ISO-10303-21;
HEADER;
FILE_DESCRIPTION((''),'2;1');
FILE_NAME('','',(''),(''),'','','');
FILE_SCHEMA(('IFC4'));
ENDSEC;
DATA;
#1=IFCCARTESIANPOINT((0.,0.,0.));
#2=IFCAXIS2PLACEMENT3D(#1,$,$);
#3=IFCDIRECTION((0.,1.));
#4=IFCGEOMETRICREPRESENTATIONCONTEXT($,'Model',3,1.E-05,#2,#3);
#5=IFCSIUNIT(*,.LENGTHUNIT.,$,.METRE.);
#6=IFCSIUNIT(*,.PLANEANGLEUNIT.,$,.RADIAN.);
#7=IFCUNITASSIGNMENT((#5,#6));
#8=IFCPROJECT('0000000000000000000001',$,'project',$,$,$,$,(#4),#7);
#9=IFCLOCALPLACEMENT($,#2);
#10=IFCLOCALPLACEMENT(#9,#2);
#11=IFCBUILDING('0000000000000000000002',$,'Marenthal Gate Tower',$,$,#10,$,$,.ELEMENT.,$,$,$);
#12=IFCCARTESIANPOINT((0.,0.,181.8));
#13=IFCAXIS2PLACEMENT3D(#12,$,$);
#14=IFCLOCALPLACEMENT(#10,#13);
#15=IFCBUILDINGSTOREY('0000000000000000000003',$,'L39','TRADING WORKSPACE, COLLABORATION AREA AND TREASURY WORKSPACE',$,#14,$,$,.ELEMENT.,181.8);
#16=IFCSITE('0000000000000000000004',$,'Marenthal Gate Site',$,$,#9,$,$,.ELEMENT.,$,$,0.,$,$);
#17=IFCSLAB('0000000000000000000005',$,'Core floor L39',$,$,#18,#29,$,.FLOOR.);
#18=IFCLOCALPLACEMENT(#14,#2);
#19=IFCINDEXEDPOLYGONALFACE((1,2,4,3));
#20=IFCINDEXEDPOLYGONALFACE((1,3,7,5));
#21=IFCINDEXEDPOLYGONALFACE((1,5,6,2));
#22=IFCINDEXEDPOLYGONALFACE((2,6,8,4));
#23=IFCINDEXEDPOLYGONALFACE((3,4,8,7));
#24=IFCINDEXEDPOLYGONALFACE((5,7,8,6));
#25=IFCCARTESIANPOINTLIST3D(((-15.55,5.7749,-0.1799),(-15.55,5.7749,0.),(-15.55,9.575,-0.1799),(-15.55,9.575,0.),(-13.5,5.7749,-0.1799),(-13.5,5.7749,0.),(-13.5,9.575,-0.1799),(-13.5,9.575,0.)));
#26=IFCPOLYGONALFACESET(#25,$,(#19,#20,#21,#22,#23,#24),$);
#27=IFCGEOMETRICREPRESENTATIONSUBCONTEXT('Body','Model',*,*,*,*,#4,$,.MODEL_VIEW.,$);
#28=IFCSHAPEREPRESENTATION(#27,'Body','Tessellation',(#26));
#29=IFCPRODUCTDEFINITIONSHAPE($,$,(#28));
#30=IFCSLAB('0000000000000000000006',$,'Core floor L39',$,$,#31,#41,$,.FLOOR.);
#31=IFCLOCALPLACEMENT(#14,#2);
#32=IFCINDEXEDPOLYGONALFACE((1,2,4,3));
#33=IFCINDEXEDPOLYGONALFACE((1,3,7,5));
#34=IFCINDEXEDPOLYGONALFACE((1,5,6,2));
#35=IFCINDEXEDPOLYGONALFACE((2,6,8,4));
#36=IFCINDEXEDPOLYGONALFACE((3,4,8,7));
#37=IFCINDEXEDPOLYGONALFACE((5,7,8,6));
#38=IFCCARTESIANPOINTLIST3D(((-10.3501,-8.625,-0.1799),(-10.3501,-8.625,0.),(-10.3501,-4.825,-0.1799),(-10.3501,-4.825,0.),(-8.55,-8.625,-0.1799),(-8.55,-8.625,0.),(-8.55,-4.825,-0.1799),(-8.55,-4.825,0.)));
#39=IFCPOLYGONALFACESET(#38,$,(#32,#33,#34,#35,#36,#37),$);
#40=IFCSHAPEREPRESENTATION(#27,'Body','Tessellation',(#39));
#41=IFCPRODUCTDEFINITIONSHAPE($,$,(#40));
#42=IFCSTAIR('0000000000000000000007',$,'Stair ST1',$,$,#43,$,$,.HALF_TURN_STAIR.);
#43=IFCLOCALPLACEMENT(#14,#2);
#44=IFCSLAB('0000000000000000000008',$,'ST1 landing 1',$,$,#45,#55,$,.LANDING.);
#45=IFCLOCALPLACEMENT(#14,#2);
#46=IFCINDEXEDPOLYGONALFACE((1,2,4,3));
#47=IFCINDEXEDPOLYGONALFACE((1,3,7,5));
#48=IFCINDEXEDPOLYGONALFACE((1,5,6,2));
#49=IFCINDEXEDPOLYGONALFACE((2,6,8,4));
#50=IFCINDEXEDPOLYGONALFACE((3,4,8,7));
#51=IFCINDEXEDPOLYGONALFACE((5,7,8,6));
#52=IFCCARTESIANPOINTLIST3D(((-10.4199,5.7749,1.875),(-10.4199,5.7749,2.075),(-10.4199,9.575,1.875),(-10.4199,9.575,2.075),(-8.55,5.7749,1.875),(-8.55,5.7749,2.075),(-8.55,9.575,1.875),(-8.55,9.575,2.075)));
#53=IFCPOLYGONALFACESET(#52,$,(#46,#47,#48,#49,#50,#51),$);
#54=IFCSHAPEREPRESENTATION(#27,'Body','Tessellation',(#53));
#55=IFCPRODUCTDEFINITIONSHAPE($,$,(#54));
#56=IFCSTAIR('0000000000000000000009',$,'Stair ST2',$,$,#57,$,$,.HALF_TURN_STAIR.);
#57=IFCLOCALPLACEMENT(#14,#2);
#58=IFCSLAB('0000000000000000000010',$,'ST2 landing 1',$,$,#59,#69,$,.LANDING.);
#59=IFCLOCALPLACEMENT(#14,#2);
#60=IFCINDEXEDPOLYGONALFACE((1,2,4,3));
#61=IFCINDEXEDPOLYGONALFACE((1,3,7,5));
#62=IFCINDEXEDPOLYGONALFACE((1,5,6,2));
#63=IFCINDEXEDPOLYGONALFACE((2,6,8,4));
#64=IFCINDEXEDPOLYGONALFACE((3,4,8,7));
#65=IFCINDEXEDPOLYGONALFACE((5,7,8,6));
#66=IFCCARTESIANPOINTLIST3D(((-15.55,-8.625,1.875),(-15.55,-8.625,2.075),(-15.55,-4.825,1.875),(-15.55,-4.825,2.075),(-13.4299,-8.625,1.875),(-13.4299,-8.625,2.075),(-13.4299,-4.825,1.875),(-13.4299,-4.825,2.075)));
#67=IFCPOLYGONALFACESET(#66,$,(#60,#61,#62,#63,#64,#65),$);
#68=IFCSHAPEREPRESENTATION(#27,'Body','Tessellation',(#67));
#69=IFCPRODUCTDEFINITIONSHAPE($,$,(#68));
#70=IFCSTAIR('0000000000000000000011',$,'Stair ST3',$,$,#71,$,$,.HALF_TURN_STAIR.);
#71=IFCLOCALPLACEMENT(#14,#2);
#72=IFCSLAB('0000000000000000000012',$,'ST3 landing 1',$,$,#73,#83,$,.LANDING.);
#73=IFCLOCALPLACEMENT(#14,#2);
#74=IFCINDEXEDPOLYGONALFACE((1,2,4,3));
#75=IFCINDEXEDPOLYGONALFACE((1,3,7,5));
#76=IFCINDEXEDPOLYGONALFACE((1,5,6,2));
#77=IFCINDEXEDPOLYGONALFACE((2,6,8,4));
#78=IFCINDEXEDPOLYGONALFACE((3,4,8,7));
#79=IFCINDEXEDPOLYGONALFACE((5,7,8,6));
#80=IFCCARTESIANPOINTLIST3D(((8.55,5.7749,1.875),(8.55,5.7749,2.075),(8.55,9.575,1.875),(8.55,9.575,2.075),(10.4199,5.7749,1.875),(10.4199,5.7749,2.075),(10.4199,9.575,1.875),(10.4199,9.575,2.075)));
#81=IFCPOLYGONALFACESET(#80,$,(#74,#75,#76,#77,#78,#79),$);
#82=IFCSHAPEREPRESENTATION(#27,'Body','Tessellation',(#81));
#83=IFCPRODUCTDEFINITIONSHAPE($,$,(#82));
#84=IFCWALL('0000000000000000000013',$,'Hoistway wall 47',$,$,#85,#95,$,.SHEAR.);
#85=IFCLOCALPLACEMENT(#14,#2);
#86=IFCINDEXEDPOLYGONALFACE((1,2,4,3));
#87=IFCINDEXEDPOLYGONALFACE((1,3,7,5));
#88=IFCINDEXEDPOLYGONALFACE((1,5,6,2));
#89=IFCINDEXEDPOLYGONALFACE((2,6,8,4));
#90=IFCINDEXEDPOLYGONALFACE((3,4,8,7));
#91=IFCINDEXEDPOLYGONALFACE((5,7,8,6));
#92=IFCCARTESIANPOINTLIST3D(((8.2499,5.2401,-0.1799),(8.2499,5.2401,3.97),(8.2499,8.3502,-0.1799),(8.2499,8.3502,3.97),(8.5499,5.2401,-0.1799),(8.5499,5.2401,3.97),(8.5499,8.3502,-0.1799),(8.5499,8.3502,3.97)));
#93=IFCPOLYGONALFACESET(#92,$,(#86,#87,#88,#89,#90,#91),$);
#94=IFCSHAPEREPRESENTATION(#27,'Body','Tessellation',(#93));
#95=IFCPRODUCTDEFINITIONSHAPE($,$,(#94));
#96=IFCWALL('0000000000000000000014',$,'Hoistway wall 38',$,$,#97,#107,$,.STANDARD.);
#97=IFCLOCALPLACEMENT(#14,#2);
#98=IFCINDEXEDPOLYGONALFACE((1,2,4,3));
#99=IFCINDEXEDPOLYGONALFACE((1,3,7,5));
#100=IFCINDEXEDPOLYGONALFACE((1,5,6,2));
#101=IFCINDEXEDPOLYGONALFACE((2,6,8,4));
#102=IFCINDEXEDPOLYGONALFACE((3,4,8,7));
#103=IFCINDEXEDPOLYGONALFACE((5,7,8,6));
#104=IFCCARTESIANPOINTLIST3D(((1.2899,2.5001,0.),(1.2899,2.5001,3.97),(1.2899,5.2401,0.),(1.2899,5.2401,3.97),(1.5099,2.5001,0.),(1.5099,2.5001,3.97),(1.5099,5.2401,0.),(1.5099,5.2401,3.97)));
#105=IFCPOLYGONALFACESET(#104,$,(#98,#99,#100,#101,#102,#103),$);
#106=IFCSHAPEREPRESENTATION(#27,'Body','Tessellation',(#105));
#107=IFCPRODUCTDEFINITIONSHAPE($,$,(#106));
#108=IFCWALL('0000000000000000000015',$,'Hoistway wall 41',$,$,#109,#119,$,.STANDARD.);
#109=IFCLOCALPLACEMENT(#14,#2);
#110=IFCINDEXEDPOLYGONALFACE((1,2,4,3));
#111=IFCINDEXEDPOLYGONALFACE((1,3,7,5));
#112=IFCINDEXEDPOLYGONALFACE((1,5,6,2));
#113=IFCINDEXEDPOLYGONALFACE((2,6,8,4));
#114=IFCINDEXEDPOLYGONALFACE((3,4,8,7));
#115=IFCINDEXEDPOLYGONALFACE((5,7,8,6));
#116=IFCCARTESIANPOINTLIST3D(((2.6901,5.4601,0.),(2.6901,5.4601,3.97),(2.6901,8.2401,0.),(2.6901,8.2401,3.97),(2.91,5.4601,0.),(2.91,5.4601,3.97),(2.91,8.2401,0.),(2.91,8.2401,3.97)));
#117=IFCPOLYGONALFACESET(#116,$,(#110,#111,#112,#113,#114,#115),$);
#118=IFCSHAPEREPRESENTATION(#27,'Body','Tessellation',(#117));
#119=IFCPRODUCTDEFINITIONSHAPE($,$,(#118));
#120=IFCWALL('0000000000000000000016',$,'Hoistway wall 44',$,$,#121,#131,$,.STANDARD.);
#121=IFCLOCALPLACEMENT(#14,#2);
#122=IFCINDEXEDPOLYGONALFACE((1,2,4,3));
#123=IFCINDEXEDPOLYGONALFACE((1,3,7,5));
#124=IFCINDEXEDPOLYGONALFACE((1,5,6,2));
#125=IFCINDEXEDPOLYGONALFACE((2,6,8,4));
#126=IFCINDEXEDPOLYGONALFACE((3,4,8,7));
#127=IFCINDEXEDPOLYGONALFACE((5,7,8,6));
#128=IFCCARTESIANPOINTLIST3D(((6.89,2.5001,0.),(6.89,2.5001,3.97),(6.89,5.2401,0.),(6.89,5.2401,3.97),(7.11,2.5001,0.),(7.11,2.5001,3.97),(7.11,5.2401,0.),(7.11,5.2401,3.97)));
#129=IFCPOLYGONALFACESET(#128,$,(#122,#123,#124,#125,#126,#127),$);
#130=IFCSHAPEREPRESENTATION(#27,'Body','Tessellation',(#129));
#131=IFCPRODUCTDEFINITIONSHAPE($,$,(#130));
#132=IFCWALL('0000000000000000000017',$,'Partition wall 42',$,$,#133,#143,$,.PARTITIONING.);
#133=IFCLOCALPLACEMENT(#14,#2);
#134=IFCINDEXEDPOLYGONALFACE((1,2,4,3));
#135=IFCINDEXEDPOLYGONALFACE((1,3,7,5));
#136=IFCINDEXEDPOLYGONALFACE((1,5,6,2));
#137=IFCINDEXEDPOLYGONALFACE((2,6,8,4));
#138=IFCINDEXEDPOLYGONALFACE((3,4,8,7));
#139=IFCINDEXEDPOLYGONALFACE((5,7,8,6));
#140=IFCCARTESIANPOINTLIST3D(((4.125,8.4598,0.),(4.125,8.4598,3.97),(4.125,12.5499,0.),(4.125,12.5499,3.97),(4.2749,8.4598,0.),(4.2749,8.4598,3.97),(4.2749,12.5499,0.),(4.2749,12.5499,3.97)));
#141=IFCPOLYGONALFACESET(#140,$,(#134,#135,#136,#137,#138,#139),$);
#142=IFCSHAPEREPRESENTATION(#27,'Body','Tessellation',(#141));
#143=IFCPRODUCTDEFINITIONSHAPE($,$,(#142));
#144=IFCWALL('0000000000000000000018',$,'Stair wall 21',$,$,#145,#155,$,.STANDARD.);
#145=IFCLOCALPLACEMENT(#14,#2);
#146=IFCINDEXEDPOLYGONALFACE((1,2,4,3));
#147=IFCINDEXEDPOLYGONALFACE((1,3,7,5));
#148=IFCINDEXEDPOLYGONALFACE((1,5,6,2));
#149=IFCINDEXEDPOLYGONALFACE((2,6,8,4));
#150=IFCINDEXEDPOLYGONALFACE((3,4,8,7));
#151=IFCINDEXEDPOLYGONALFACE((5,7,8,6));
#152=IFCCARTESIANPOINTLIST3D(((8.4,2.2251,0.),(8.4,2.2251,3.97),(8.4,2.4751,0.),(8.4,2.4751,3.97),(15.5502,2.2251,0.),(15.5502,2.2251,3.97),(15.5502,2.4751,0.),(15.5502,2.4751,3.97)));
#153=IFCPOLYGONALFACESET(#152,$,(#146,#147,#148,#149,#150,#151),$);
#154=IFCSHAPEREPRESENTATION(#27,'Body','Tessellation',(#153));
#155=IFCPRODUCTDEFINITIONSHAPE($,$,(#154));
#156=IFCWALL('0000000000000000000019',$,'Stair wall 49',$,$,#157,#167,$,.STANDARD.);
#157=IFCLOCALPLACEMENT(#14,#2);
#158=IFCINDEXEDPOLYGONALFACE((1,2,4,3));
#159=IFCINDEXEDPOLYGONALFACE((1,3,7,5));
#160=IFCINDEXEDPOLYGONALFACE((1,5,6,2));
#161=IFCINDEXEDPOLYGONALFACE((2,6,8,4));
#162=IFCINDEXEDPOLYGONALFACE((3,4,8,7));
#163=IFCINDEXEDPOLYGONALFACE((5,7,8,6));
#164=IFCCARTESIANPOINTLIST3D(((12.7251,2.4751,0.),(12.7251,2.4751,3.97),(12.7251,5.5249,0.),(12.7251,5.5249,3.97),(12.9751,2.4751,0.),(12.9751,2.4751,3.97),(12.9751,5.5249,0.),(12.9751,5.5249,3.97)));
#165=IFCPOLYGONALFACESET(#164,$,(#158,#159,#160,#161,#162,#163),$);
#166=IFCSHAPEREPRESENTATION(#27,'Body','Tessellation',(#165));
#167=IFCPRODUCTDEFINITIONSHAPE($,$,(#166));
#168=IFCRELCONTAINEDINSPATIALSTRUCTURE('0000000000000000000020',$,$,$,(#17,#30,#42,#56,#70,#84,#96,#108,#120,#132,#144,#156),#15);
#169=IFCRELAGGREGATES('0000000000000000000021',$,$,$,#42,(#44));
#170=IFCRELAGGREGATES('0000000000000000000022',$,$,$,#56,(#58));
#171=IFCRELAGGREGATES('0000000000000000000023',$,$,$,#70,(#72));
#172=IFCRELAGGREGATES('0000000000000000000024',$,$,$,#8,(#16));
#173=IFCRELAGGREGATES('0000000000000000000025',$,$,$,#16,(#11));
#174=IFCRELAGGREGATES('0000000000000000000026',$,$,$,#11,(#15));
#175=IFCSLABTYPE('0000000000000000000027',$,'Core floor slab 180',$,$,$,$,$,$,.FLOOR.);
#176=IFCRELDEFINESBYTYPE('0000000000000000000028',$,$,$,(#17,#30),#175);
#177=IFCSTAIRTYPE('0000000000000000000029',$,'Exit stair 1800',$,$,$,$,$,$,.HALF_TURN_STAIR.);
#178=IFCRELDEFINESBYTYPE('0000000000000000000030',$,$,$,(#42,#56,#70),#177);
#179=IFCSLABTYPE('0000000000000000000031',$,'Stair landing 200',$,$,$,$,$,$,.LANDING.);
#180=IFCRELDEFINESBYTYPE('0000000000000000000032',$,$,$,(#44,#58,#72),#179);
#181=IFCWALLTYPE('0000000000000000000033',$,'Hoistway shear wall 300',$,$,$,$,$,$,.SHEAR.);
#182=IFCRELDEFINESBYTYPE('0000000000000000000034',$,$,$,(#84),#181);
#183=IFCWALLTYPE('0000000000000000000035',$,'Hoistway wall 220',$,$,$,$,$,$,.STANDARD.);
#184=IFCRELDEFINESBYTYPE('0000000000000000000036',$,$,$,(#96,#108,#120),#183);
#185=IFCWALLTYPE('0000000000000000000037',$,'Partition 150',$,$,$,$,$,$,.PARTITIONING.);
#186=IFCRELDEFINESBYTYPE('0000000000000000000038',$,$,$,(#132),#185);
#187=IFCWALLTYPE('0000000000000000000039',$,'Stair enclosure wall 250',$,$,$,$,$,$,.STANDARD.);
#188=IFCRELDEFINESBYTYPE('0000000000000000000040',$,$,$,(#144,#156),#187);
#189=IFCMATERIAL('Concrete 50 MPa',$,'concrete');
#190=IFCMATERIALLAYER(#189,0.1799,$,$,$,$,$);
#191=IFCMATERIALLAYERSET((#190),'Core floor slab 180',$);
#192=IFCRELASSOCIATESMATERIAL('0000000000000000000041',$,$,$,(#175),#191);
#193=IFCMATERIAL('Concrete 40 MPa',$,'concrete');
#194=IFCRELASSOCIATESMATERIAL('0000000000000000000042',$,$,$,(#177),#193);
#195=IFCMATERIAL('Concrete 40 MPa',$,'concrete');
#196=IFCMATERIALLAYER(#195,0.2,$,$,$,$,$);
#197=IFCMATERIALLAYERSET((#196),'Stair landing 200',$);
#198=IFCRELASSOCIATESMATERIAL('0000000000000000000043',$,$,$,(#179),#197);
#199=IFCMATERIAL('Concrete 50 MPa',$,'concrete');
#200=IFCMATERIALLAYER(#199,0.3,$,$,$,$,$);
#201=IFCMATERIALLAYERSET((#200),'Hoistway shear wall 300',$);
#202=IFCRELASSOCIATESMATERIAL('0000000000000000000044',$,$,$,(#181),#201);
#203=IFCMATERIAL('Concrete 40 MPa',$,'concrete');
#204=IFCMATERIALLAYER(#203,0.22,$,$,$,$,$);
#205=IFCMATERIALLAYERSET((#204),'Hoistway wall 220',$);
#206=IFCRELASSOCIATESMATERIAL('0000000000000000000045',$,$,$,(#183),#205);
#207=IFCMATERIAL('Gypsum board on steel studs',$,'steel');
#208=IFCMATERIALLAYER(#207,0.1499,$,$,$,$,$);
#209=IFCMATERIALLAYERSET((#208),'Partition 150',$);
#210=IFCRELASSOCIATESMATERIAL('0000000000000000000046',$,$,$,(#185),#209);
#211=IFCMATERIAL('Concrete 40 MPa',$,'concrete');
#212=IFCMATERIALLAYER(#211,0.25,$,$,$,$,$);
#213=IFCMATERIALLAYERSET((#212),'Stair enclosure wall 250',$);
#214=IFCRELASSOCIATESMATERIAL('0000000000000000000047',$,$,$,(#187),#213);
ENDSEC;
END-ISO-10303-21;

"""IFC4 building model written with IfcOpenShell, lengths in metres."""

from ifc_helpers import new_model, si_unit, direction, frame, frame_2d, origin, place, context, subcontext, project, spatial, polyline, rectangle, outline, extrude, material, layer, layer_set, type_object, element, aggregate, save


model = new_model("IFC4")

# Units and contexts
model_context = context("Model", 3, precision=1e-05, world=origin(), true_north=direction((0.0, 1.0)))
body_context = subcontext(model_context, "Body", "Model", "MODEL_VIEW")
ifc_project = project(units=[si_unit("LENGTHUNIT", "METRE"), si_unit("PLANEANGLEUNIT", "RADIAN")], contexts=[model_context])

# Site, building, storey
site_placement = place(None, origin())
site = spatial("IfcSite", under=ifc_project, at=site_placement, Name="Marenthal Gate Site", CompositionType="ELEMENT", RefElevation=0.0)
building_placement = place(site_placement, origin())
building = spatial("IfcBuilding", under=site, at=building_placement, Name="Marenthal Gate Tower", CompositionType="ELEMENT")
storey_placement = place(building_placement, frame((0.0, 0.0, 181.8)))
storey = spatial("IfcBuildingStorey", under=building, at=storey_placement, Name="L39", Description="TRADING WORKSPACE, COLLABORATION AREA AND TREASURY WORKSPACE", CompositionType="ELEMENT", Elevation=181.8)

# Slabs
ifc_material_1 = material(Name="Concrete 50 MPa", Category="concrete")
ifc_layer_1 = layer(ifc_material_1, 0.1799)
ifc_layer_set_1 = layer_set([ifc_layer_1], Name="Core floor slab 180")
slab_type_1 = type_object("IfcSlabType", Name="Core floor slab 180", PredefinedType="FLOOR", material=ifc_layer_set_1)
slab_1_placement = place(storey_placement, frame((0.0, 0.0, -0.1799)))
element("IfcSlab", 1, at=slab_1_placement, inside=storey, type_object=slab_type_1, Name="Core floor L39", PredefinedType="FLOOR", context=body_context, shape_type="SweptSolid", body=[
    extrude(outline(polyline([(-15.55, 9.575), (-13.5, 9.575), (-13.5, 5.7749), (-15.55, 5.7749), (-15.55, 9.575)])), origin(), (0.0, 0.0, 1.0), 0.1799),
])
slab_2_placement = place(storey_placement, frame((0.0, 0.0, -0.1799)))
element("IfcSlab", 2, at=slab_2_placement, inside=storey, type_object=slab_type_1, Name="Core floor L39", PredefinedType="FLOOR", context=body_context, shape_type="SweptSolid", body=[
    extrude(outline(polyline([(-8.55, -8.625), (-10.3501, -8.625), (-10.3501, -4.825), (-8.55, -4.825), (-8.55, -8.625)])), origin(), (0.0, 0.0, 1.0), 0.1799),
])

# Stairs, slabs
ifc_material_2 = material(Name="Concrete 40 MPa", Category="concrete")
stair_type = type_object("IfcStairType", Name="Exit stair 1800", PredefinedType="HALF_TURN_STAIR", material=ifc_material_2)
stair_1_placement = place(storey_placement, origin())
stair_1 = element("IfcStair", 3, at=stair_1_placement, inside=storey, type_object=stair_type, Name="Stair ST1", PredefinedType="HALF_TURN_STAIR")
ifc_material_3 = material(Name="Concrete 40 MPa", Category="concrete")
ifc_layer_2 = layer(ifc_material_3, 0.2)
ifc_layer_set_2 = layer_set([ifc_layer_2], Name="Stair landing 200")
slab_type_2 = type_object("IfcSlabType", Name="Stair landing 200", PredefinedType="LANDING", material=ifc_layer_set_2)
slab_3_placement = place(storey_placement, frame((0.0, 0.0, 1.875)))
slab_3 = element("IfcSlab", 4, at=slab_3_placement, type_object=slab_type_2, Name="ST1 landing 1", PredefinedType="LANDING", context=body_context, shape_type="SweptSolid", body=[
    extrude(outline(polyline([(-10.4199, 5.7749), (-8.55, 5.7749), (-8.55, 9.575), (-10.4199, 9.575), (-10.4199, 5.7749)])), origin(), (0.0, 0.0, 1.0), 0.2),
])
aggregate(stair_1, [slab_3])
stair_2_placement = place(storey_placement, origin())
stair_2 = element("IfcStair", 5, at=stair_2_placement, inside=storey, type_object=stair_type, Name="Stair ST2", PredefinedType="HALF_TURN_STAIR")
slab_4_placement = place(storey_placement, frame((0.0, 0.0, 1.875)))
slab_4 = element("IfcSlab", 6, at=slab_4_placement, type_object=slab_type_2, Name="ST2 landing 1", PredefinedType="LANDING", context=body_context, shape_type="SweptSolid", body=[
    extrude(outline(polyline([(-15.55, -8.625), (-13.4299, -8.625), (-13.4299, -4.825), (-15.55, -4.825), (-15.55, -8.625)])), origin(), (0.0, 0.0, 1.0), 0.2),
])
aggregate(stair_2, [slab_4])
stair_3_placement = place(storey_placement, origin())
stair_3 = element("IfcStair", 7, at=stair_3_placement, inside=storey, type_object=stair_type, Name="Stair ST3", PredefinedType="HALF_TURN_STAIR")
slab_5_placement = place(storey_placement, frame((0.0, 0.0, 1.875)))
slab_5 = element("IfcSlab", 8, at=slab_5_placement, type_object=slab_type_2, Name="ST3 landing 1", PredefinedType="LANDING", context=body_context, shape_type="SweptSolid", body=[
    extrude(outline(polyline([(8.55, 5.7749), (10.4199, 5.7749), (10.4199, 9.575), (8.55, 9.575), (8.55, 5.7749)])), origin(), (0.0, 0.0, 1.0), 0.2),
])

# Walls
ifc_material_4 = material(Name="Concrete 50 MPa", Category="concrete")
ifc_layer_3 = layer(ifc_material_4, 0.3)
ifc_layer_set_3 = layer_set([ifc_layer_3], Name="Hoistway shear wall 300")
wall_type_1 = type_object("IfcWallType", Name="Hoistway shear wall 300", PredefinedType="SHEAR", material=ifc_layer_set_3)
wall_1_placement = place(storey_placement, frame((8.3999, 5.24, -0.1799), z_axis=(0.0, 0.0, 1.0), x_axis=(0.0, 1.0, 0.0)))
element("IfcWall", 9, at=wall_1_placement, inside=storey, type_object=wall_type_1, Name="Hoistway wall 47", PredefinedType="SHEAR", context=body_context, shape_type="SweptSolid", body=[
    extrude(rectangle(XDim=3.1101, YDim=0.3, at=frame_2d((1.5552, 0.0))), origin(), (0.0, 0.0, 1.0), 4.1499),
])
ifc_material_5 = material(Name="Concrete 40 MPa", Category="concrete")
ifc_layer_4 = layer(ifc_material_5, 0.22)
ifc_layer_set_4 = layer_set([ifc_layer_4], Name="Hoistway wall 220")
wall_type_2 = type_object("IfcWallType", Name="Hoistway wall 220", PredefinedType="STANDARD", material=ifc_layer_set_4)
wall_2_placement = place(storey_placement, frame((1.3999, 2.5, 0.0), z_axis=(0.0, 0.0, 1.0), x_axis=(0.0, 1.0, 0.0)))
element("IfcWall", 10, at=wall_2_placement, inside=storey, type_object=wall_type_2, Name="Hoistway wall 38", PredefinedType="STANDARD", context=body_context, shape_type="SweptSolid", body=[
    extrude(rectangle(XDim=2.74, YDim=0.22, at=frame_2d((1.3701, 0.0))), origin(), (0.0, 0.0, 1.0), 3.97),
])
wall_3_placement = place(storey_placement, frame((2.8, 5.46, 0.0), z_axis=(0.0, 0.0, 1.0), x_axis=(0.0, 1.0, 0.0)))
element("IfcWall", 11, at=wall_3_placement, inside=storey, type_object=wall_type_2, Name="Hoistway wall 41", PredefinedType="STANDARD", context=body_context, shape_type="SweptSolid", body=[
    extrude(rectangle(XDim=2.78, YDim=0.22, at=frame_2d((1.3901, 0.0))), origin(), (0.0, 0.0, 1.0), 3.97),
])
wall_4_placement = place(storey_placement, frame((7.0, 2.5, 0.0), z_axis=(0.0, 0.0, 1.0), x_axis=(0.0, 1.0, 0.0)))
element("IfcWall", 12, at=wall_4_placement, inside=storey, type_object=wall_type_2, Name="Hoistway wall 44", PredefinedType="STANDARD", context=body_context, shape_type="SweptSolid", body=[
    extrude(rectangle(XDim=2.74, YDim=0.22, at=frame_2d((1.3701, 0.0))), origin(), (0.0, 0.0, 1.0), 3.97),
])
ifc_material_6 = material(Name="Gypsum board on steel studs", Category="steel")
ifc_layer_5 = layer(ifc_material_6, 0.1499)
ifc_layer_set_5 = layer_set([ifc_layer_5], Name="Partition 150")
wall_type_3 = type_object("IfcWallType", Name="Partition 150", PredefinedType="PARTITIONING", material=ifc_layer_set_5)
wall_5_placement = place(storey_placement, frame((4.2, 8.46, 0.0), z_axis=(0.0, 0.0, 1.0), x_axis=(0.0, 1.0, 0.0)))
element("IfcWall", 13, at=wall_5_placement, inside=storey, type_object=wall_type_3, Name="Partition wall 42", PredefinedType="PARTITIONING", context=body_context, shape_type="SweptSolid", body=[
    extrude(rectangle(XDim=4.0901, YDim=0.1499, at=frame_2d((2.0449, 0.0))), origin(), (0.0, 0.0, 1.0), 3.97),
])
ifc_material_7 = material(Name="Concrete 40 MPa", Category="concrete")
ifc_layer_6 = layer(ifc_material_7, 0.25)
ifc_layer_set_6 = layer_set([ifc_layer_6], Name="Stair enclosure wall 250")
wall_type_4 = type_object("IfcWallType", Name="Stair enclosure wall 250", PredefinedType="STANDARD", material=ifc_layer_set_6)
wall_6_placement = place(storey_placement, frame((8.3999, 2.3501, 0.0), z_axis=(0.0, 0.0, 1.0), x_axis=(1.0, 0.0, 0.0)))
element("IfcWall", 14, at=wall_6_placement, inside=storey, type_object=wall_type_4, Name="Stair wall 21", PredefinedType="STANDARD", context=body_context, shape_type="SweptSolid", body=[
    extrude(rectangle(XDim=7.1501, YDim=0.25, at=frame_2d((3.5752, 0.0))), origin(), (0.0, 0.0, 1.0), 3.97),
])
wall_7_placement = place(storey_placement, frame((12.8501, 2.4751, 0.0), z_axis=(0.0, 0.0, 1.0), x_axis=(0.0, 1.0, 0.0)))
element("IfcWall", 15, at=wall_7_placement, inside=storey, type_object=wall_type_4, Name="Stair wall 49", PredefinedType="STANDARD", context=body_context, shape_type="SweptSolid", body=[
    extrude(rectangle(XDim=3.0498, YDim=0.25, at=frame_2d((1.5249, 0.0))), origin(), (0.0, 0.0, 1.0), 3.97),
])

aggregate(stair_3, [slab_5])

save(model, "model.ifc")
